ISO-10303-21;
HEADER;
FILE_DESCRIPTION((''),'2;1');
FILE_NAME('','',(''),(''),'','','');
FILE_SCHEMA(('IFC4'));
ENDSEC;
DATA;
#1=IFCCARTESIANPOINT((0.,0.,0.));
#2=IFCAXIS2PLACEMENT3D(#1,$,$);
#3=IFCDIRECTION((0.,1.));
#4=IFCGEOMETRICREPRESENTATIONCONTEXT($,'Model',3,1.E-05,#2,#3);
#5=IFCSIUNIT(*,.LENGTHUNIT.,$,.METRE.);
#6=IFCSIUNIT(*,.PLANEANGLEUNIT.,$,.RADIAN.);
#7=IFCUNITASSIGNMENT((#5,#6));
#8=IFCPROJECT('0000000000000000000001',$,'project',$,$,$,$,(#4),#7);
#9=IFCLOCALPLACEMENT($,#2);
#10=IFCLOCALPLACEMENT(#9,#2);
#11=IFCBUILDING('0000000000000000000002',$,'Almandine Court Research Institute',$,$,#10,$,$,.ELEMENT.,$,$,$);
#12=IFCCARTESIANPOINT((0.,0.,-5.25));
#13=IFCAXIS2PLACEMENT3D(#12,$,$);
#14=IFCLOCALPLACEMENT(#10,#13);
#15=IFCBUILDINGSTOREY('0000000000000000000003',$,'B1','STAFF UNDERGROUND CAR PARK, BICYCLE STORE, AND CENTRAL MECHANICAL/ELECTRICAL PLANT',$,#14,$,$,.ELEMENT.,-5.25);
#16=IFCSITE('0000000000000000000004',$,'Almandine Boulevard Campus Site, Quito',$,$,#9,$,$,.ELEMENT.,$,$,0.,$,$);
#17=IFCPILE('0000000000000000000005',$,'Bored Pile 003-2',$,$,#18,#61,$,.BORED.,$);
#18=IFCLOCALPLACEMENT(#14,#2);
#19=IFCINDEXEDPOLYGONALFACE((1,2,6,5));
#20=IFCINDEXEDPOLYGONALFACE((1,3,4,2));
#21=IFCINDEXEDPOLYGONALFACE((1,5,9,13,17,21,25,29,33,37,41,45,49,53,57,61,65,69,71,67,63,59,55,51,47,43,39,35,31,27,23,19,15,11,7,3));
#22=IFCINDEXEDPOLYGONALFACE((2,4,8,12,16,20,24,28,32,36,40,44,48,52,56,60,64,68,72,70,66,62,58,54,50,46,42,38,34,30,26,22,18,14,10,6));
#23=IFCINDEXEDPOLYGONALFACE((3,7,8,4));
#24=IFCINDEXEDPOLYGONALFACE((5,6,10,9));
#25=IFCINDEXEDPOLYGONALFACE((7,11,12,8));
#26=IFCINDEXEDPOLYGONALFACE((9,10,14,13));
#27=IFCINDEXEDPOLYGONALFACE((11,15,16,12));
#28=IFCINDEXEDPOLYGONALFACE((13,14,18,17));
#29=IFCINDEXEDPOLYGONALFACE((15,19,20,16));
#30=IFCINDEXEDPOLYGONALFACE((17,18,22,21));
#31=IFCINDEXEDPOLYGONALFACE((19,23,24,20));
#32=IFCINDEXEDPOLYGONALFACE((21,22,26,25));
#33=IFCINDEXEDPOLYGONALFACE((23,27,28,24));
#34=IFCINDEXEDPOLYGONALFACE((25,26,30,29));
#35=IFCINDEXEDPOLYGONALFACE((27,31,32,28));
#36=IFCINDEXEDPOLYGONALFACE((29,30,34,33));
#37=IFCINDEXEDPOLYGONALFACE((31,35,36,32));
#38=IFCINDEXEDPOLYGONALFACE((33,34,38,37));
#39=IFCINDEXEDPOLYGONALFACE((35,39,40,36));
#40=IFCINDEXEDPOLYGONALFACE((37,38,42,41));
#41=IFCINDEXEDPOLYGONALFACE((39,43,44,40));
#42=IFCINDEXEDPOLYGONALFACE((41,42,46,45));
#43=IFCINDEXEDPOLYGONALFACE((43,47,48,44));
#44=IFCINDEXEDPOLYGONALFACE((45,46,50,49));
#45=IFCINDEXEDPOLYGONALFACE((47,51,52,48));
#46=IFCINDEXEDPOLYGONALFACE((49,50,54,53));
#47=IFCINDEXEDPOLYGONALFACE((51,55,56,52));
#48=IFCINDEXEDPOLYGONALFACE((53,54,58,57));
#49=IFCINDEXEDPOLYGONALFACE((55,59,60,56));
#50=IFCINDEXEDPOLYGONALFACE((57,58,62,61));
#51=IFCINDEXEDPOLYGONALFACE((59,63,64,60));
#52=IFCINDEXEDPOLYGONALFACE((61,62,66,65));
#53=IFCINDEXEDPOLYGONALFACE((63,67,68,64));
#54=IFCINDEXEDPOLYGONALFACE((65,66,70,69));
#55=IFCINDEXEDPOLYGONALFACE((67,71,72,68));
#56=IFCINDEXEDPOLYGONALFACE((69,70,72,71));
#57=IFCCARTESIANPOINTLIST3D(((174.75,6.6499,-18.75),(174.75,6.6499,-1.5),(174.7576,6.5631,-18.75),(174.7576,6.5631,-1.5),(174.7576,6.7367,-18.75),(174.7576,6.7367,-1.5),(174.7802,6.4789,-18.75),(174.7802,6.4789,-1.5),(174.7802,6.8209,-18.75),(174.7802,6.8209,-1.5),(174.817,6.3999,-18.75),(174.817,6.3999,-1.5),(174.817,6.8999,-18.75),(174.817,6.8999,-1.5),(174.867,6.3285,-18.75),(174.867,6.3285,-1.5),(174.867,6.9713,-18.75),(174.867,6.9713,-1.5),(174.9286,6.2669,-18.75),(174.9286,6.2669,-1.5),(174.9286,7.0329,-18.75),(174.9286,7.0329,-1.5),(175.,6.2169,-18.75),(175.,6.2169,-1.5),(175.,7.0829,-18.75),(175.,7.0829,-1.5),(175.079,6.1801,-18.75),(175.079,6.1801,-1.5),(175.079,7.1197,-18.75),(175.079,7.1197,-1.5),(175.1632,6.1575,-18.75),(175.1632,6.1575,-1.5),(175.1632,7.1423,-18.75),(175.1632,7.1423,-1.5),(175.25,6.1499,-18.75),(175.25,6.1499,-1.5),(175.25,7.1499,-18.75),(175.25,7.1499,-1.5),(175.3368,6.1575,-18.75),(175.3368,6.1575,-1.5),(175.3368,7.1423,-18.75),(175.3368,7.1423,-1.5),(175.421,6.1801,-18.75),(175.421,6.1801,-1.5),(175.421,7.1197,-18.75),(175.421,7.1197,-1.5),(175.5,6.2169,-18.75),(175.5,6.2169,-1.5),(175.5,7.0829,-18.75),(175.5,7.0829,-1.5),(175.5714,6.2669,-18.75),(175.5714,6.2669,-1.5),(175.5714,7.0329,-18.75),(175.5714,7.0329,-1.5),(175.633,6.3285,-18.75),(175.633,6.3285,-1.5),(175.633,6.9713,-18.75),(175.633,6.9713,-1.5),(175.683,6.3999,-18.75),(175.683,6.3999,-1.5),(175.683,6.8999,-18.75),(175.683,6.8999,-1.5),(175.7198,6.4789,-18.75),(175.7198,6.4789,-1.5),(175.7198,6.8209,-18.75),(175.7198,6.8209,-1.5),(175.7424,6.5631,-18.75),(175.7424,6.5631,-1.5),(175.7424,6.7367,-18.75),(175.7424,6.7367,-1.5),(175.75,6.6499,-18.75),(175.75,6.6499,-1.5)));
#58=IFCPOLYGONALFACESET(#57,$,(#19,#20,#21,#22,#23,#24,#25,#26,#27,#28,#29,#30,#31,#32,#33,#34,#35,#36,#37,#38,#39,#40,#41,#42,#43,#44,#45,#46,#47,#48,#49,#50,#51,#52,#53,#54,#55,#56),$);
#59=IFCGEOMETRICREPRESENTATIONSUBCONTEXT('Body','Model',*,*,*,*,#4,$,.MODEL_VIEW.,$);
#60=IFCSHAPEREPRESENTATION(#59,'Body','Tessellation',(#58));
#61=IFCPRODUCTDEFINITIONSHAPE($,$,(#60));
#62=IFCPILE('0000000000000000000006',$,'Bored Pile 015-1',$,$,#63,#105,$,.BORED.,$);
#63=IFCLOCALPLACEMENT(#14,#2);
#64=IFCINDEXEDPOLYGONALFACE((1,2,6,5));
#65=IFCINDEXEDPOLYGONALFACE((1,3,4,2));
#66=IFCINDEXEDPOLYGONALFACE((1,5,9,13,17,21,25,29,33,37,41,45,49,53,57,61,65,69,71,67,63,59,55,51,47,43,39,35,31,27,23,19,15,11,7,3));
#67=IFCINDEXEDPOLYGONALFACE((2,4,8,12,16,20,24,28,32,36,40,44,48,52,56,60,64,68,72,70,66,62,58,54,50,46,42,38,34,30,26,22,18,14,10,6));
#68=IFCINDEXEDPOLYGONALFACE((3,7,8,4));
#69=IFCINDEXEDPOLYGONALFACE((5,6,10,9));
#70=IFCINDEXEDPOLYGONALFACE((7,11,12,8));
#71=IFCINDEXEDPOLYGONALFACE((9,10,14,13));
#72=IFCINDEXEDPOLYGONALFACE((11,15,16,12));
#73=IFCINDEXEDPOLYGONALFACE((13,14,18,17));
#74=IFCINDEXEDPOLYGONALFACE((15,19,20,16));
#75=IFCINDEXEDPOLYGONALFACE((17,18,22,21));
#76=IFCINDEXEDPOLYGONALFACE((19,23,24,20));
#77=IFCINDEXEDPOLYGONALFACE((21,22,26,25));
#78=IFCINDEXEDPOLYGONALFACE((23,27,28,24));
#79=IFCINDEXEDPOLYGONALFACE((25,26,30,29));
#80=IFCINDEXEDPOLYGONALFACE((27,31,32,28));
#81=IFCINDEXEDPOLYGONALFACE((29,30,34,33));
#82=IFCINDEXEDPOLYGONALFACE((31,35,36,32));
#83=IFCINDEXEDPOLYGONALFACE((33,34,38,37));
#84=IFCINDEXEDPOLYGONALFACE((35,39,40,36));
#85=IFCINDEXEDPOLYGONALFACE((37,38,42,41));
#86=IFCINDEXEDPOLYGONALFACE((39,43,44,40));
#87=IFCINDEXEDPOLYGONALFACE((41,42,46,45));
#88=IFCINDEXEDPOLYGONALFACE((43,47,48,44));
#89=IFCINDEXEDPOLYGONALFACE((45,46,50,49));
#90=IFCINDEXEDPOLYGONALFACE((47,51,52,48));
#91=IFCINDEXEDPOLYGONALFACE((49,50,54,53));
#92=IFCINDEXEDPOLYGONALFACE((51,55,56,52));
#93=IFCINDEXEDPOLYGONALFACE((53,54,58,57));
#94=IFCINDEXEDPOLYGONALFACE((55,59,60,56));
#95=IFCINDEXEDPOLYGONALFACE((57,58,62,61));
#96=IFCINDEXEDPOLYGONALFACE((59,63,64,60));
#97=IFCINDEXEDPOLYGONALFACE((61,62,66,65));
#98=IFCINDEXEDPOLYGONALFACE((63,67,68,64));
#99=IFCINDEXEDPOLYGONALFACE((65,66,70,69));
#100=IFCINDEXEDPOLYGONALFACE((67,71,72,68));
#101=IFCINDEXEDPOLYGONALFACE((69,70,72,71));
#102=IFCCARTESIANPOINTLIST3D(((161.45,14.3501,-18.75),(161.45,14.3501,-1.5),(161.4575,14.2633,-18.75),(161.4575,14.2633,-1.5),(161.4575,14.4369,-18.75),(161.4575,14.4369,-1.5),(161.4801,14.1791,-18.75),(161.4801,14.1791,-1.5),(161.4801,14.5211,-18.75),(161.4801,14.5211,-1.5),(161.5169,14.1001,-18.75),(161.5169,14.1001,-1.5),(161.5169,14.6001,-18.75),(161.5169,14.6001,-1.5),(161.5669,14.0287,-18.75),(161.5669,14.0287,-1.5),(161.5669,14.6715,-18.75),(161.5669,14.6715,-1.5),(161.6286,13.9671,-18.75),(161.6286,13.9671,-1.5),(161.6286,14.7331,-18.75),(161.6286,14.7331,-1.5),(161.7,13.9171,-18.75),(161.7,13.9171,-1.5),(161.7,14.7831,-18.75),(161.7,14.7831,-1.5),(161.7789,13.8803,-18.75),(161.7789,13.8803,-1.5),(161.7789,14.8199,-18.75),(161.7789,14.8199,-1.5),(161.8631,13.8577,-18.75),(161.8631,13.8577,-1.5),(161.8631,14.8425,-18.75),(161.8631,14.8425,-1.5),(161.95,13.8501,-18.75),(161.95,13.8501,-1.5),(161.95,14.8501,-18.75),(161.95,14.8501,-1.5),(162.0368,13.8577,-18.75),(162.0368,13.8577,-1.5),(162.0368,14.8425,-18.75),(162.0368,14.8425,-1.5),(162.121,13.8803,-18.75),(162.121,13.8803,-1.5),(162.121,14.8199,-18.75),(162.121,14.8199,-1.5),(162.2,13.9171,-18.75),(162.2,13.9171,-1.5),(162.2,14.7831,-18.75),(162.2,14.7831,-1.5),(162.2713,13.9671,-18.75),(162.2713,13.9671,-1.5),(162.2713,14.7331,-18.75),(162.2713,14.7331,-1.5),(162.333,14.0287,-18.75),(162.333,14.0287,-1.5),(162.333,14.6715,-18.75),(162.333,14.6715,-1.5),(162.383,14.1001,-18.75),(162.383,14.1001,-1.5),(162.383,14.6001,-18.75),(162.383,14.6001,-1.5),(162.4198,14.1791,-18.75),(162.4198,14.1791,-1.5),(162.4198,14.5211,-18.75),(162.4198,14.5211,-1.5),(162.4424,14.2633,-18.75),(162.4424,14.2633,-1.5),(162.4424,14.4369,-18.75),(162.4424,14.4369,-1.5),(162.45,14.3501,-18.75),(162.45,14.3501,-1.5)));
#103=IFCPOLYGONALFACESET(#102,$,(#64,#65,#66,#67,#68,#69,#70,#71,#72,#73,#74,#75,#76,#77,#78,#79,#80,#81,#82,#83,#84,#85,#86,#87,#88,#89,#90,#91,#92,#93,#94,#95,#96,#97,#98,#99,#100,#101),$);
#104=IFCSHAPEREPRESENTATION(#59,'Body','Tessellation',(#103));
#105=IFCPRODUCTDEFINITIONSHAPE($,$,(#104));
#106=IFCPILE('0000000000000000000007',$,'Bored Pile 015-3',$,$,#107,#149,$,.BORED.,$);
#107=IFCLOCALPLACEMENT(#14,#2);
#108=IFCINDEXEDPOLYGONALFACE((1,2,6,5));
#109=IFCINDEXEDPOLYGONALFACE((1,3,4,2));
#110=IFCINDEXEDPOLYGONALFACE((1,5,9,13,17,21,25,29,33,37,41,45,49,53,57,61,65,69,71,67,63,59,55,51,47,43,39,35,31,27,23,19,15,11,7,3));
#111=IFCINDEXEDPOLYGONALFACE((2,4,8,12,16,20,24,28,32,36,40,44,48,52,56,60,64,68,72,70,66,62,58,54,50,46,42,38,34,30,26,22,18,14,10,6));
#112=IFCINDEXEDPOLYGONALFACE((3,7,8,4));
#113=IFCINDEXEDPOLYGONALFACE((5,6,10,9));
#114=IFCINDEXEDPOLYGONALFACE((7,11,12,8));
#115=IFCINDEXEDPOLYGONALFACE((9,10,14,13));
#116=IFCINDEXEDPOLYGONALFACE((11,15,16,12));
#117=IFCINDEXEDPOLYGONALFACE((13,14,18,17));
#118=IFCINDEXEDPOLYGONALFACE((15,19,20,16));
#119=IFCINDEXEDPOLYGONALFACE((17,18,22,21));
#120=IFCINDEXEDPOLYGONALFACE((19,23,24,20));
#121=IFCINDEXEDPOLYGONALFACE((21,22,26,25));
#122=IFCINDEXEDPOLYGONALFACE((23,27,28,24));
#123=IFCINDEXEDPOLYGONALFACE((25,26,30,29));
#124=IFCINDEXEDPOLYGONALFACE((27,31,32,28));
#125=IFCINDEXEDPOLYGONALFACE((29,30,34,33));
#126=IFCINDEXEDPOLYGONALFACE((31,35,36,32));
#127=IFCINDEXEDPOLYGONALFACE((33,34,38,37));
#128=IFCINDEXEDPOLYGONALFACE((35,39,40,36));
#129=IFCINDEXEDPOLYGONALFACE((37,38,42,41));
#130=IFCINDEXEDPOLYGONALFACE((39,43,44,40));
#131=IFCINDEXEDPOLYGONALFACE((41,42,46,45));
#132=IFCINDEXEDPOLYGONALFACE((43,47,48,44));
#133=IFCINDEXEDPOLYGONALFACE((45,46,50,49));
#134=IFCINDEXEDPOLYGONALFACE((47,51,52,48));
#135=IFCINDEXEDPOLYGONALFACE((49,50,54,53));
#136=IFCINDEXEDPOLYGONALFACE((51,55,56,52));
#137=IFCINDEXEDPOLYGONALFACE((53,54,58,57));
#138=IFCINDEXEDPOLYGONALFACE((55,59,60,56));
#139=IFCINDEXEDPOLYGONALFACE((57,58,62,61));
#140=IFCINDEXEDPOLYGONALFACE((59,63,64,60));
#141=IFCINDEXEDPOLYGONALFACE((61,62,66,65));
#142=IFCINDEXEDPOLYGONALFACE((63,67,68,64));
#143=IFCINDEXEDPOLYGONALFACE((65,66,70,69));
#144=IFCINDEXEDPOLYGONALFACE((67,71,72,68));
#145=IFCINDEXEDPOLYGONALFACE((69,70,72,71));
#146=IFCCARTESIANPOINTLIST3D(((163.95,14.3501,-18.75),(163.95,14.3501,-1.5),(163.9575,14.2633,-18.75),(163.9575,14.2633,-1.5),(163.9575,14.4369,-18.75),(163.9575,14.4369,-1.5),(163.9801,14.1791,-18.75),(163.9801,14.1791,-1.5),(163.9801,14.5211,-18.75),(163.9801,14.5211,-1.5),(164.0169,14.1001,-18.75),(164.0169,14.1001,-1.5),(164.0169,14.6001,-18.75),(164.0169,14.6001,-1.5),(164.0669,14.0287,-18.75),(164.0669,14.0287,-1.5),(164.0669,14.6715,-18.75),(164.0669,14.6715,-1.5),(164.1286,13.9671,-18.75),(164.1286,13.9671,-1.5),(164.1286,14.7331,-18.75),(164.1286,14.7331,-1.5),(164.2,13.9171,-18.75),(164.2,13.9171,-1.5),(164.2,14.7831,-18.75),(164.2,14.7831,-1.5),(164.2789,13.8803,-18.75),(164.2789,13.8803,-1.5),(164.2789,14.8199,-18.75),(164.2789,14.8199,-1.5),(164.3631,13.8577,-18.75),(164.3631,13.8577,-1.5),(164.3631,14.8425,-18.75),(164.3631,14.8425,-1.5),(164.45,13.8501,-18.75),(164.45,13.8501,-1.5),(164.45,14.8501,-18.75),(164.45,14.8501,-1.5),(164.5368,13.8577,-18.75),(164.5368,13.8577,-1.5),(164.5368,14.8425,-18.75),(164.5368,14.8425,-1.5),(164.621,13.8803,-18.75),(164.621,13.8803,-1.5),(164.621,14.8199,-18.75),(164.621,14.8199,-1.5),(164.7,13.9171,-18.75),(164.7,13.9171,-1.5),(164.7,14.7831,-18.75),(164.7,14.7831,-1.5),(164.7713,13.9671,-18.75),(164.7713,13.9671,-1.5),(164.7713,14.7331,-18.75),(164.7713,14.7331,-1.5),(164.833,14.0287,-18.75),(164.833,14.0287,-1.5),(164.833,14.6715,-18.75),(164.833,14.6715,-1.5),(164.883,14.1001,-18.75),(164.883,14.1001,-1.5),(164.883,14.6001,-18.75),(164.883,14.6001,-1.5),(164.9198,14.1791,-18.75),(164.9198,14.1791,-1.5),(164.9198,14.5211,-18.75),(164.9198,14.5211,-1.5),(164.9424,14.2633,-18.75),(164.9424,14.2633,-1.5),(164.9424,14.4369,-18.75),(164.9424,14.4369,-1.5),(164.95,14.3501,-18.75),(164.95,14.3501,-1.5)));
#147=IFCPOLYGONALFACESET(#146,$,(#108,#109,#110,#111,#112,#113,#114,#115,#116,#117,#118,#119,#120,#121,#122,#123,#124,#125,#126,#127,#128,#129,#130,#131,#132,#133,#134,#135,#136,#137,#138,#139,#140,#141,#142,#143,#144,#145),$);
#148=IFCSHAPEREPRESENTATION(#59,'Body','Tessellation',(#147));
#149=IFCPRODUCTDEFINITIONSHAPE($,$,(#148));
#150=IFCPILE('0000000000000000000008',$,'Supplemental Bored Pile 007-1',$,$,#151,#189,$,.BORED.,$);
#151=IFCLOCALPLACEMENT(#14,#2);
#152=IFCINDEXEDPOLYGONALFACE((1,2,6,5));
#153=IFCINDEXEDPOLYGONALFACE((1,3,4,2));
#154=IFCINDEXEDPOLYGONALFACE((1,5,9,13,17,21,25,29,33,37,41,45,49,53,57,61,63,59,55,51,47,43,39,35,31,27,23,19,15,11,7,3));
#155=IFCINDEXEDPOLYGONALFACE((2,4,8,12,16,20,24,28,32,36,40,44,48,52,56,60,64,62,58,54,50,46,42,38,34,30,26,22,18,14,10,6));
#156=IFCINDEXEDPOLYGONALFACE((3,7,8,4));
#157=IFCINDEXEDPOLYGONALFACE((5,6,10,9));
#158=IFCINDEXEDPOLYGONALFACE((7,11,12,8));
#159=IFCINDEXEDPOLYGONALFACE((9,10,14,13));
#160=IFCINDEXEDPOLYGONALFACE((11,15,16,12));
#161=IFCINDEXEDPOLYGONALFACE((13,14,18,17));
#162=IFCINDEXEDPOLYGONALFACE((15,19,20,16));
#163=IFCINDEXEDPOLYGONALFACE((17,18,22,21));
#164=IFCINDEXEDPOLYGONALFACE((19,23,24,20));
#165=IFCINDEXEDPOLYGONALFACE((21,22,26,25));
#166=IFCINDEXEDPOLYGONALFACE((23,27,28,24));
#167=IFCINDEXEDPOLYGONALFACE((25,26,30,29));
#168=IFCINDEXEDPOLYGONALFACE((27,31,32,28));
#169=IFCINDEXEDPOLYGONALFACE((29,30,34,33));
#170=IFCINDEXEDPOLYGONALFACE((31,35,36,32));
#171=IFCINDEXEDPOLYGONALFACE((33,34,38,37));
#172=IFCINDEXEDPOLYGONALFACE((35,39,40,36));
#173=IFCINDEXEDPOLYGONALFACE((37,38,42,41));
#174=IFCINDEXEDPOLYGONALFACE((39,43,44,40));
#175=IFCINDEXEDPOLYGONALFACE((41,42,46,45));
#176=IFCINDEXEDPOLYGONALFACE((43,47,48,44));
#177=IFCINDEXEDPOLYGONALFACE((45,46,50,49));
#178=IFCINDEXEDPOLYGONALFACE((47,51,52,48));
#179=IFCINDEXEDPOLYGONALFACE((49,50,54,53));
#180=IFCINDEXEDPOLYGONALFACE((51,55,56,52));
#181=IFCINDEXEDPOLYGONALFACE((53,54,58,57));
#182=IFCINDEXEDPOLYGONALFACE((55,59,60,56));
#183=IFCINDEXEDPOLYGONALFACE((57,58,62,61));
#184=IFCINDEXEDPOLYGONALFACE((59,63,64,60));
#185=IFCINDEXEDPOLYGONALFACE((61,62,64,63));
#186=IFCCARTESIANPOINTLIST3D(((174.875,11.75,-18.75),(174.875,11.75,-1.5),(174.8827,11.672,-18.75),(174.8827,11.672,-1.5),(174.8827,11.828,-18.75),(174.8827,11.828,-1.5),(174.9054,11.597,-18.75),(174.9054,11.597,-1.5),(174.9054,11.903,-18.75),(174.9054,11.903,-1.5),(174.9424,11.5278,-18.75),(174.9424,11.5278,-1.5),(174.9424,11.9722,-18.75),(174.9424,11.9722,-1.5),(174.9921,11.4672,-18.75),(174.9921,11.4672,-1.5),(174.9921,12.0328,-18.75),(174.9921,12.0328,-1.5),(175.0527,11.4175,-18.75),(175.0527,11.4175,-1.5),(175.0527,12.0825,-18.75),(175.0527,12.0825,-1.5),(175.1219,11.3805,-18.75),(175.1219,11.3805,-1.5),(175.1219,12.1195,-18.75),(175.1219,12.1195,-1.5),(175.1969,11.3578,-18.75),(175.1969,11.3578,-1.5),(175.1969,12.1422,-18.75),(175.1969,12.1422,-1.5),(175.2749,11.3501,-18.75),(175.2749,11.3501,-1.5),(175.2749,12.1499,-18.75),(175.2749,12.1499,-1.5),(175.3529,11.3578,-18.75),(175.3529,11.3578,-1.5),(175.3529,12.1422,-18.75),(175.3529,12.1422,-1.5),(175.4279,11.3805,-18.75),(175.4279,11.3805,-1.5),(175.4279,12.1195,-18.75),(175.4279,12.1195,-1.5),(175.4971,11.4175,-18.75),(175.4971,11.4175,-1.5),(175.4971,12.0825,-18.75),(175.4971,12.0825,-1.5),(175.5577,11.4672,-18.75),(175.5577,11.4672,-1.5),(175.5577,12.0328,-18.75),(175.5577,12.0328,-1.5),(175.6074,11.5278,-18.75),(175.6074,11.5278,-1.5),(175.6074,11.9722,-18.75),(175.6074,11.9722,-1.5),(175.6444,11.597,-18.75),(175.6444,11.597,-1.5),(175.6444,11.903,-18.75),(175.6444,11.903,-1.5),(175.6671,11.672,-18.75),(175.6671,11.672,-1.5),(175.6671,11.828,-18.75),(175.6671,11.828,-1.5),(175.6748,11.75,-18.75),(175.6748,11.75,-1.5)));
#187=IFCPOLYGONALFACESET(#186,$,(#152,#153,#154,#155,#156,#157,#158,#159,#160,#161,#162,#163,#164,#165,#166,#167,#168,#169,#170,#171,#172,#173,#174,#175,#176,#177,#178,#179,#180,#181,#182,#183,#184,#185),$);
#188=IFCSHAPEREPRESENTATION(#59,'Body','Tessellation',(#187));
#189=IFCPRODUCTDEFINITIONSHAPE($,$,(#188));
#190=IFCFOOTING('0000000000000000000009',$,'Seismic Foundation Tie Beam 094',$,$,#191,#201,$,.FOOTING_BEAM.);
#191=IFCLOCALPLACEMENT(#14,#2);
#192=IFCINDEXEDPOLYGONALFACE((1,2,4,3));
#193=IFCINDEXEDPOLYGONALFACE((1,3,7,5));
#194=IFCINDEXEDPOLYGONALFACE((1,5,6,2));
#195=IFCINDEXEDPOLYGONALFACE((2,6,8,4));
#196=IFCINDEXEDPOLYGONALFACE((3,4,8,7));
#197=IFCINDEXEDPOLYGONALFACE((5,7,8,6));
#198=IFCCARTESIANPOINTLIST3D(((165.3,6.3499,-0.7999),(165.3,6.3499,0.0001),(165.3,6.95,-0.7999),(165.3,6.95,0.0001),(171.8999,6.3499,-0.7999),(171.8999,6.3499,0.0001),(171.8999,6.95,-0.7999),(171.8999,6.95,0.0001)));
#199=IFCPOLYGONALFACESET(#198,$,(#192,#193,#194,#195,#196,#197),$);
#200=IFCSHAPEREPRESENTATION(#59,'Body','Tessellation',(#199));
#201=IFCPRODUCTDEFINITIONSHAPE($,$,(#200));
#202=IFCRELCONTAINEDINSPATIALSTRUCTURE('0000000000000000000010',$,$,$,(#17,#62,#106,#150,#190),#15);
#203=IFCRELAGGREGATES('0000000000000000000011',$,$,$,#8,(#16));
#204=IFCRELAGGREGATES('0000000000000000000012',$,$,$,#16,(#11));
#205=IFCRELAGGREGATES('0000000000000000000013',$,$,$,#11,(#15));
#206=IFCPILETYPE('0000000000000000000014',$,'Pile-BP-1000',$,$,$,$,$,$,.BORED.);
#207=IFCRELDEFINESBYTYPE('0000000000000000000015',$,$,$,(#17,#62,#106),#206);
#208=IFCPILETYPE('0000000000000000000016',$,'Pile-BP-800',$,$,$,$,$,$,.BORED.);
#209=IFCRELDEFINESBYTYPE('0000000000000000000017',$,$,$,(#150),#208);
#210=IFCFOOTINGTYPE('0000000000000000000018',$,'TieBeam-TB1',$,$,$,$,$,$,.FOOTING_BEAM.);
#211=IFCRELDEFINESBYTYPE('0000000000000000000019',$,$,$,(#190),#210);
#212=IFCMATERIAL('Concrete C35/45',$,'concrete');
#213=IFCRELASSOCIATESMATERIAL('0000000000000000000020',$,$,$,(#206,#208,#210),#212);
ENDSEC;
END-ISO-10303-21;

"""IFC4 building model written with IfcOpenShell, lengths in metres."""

from ifc_helpers import new_model, si_unit, direction, frame, origin, origin_2d, place, context, subcontext, project, spatial, rectangle, circle, extrude, material, material_profile, profile_set, type_object, element, save


model = new_model("IFC4")

# Units and contexts
model_context = context("Model", 3, precision=1e-05, world=origin(), true_north=direction((0.0, 1.0)))
body_context = subcontext(model_context, "Body", "Model", "MODEL_VIEW")
ifc_project = project(units=[si_unit("LENGTHUNIT", "METRE"), si_unit("PLANEANGLEUNIT", "RADIAN")], contexts=[model_context])

# Site, building, storey
site_placement = place(None, origin())
site = spatial("IfcSite", under=ifc_project, at=site_placement, Name="Almandine Boulevard Campus Site, Quito", CompositionType="ELEMENT", RefElevation=0.0)
building_placement = place(site_placement, origin())
building = spatial("IfcBuilding", under=site, at=building_placement, Name="Almandine Court Research Institute", CompositionType="ELEMENT")
storey_placement = place(building_placement, frame((0.0, 0.0, -5.25)))
storey = spatial("IfcBuildingStorey", under=building, at=storey_placement, Name="B1", Description="STAFF UNDERGROUND CAR PARK, BICYCLE STORE, AND CENTRAL MECHANICAL/ELECTRICAL PLANT", CompositionType="ELEMENT", Elevation=-5.25)

# Shared definitions
ifc_material_1 = material(Name="Concrete C35/45", Category="concrete")

# Piles
ifc_material_profile_1 = material_profile(ifc_material_1, circle(Radius=0.5, at=origin_2d()), Name="BORED PILE D1000")
ifc_profile_set_1 = profile_set([ifc_material_profile_1], Name="Concrete C35/45")
pile_type_1 = type_object("IfcPileType", Name="Pile-BP-1000", PredefinedType="BORED", material=ifc_profile_set_1)
for number, where, z_axis, x_axis, name in (
    (1, (175.25, 6.6499, -1.5), (0.0, 0.0, -1.0), (1.0, 0.0, 0.0), "Bored Pile 003-2"),
    (2, (161.95, 14.3501, -1.5), (0.0, 0.0, -1.0), (1.0, 0.0, 0.0), "Bored Pile 015-1"),
    (3, (164.45, 14.3501, -1.5), (0.0, 0.0, -1.0), (1.0, 0.0, 0.0), "Bored Pile 015-3"),
):
    element("IfcPile", number, at=place(storey_placement, frame(where, z_axis=z_axis, x_axis=x_axis)), inside=storey, type_object=pile_type_1, Name=name, PredefinedType="BORED", context=body_context, shape_type="SweptSolid", body=[
        extrude(circle(Radius=0.5, at=origin_2d()), origin(), (0.0, 0.0, 1.0), 17.25),
    ])
ifc_material_profile_2 = material_profile(ifc_material_1, circle(Radius=0.3999, at=origin_2d()), Name="BORED PILE D800")
ifc_profile_set_2 = profile_set([ifc_material_profile_2], Name="Concrete C35/45")
pile_type_2 = type_object("IfcPileType", Name="Pile-BP-800", PredefinedType="BORED", material=ifc_profile_set_2)
pile_placement = place(storey_placement, frame((175.2749, 11.75, -1.5), z_axis=(0.0, 0.0, -1.0), x_axis=(1.0, 0.0, 0.0)))
element("IfcPile", 4, at=pile_placement, inside=storey, type_object=pile_type_2, Name="Supplemental Bored Pile 007-1", PredefinedType="BORED", context=body_context, shape_type="SweptSolid", body=[
    extrude(circle(Radius=0.3999, at=origin_2d()), origin(), (0.0, 0.0, 1.0), 17.25),
])

# Footing
ifc_material_profile_3 = material_profile(ifc_material_1, rectangle(XDim=0.6001, YDim=0.8, at=origin_2d()), Name="RC TIE 600x800")
ifc_profile_set_3 = profile_set([ifc_material_profile_3], Name="Concrete C35/45")
footing_type_1 = type_object("IfcFootingType", Name="TieBeam-TB1", PredefinedType="FOOTING_BEAM", material=ifc_profile_set_3)
footing_1_placement = place(storey_placement, frame((165.3, 6.6499, -0.3999), z_axis=(1.0, 0.0, 0.0), x_axis=(0.0, 1.0, 0.0)))
element("IfcFooting", 5, at=footing_1_placement, inside=storey, type_object=footing_type_1, Name="Seismic Foundation Tie Beam 094", PredefinedType="FOOTING_BEAM", context=body_context, shape_type="SweptSolid", body=[
    extrude(rectangle(XDim=0.6001, YDim=0.8, at=origin_2d()), origin(), (0.0, 0.0, 1.0), 6.5999),
])

save(model, "model.ifc")
